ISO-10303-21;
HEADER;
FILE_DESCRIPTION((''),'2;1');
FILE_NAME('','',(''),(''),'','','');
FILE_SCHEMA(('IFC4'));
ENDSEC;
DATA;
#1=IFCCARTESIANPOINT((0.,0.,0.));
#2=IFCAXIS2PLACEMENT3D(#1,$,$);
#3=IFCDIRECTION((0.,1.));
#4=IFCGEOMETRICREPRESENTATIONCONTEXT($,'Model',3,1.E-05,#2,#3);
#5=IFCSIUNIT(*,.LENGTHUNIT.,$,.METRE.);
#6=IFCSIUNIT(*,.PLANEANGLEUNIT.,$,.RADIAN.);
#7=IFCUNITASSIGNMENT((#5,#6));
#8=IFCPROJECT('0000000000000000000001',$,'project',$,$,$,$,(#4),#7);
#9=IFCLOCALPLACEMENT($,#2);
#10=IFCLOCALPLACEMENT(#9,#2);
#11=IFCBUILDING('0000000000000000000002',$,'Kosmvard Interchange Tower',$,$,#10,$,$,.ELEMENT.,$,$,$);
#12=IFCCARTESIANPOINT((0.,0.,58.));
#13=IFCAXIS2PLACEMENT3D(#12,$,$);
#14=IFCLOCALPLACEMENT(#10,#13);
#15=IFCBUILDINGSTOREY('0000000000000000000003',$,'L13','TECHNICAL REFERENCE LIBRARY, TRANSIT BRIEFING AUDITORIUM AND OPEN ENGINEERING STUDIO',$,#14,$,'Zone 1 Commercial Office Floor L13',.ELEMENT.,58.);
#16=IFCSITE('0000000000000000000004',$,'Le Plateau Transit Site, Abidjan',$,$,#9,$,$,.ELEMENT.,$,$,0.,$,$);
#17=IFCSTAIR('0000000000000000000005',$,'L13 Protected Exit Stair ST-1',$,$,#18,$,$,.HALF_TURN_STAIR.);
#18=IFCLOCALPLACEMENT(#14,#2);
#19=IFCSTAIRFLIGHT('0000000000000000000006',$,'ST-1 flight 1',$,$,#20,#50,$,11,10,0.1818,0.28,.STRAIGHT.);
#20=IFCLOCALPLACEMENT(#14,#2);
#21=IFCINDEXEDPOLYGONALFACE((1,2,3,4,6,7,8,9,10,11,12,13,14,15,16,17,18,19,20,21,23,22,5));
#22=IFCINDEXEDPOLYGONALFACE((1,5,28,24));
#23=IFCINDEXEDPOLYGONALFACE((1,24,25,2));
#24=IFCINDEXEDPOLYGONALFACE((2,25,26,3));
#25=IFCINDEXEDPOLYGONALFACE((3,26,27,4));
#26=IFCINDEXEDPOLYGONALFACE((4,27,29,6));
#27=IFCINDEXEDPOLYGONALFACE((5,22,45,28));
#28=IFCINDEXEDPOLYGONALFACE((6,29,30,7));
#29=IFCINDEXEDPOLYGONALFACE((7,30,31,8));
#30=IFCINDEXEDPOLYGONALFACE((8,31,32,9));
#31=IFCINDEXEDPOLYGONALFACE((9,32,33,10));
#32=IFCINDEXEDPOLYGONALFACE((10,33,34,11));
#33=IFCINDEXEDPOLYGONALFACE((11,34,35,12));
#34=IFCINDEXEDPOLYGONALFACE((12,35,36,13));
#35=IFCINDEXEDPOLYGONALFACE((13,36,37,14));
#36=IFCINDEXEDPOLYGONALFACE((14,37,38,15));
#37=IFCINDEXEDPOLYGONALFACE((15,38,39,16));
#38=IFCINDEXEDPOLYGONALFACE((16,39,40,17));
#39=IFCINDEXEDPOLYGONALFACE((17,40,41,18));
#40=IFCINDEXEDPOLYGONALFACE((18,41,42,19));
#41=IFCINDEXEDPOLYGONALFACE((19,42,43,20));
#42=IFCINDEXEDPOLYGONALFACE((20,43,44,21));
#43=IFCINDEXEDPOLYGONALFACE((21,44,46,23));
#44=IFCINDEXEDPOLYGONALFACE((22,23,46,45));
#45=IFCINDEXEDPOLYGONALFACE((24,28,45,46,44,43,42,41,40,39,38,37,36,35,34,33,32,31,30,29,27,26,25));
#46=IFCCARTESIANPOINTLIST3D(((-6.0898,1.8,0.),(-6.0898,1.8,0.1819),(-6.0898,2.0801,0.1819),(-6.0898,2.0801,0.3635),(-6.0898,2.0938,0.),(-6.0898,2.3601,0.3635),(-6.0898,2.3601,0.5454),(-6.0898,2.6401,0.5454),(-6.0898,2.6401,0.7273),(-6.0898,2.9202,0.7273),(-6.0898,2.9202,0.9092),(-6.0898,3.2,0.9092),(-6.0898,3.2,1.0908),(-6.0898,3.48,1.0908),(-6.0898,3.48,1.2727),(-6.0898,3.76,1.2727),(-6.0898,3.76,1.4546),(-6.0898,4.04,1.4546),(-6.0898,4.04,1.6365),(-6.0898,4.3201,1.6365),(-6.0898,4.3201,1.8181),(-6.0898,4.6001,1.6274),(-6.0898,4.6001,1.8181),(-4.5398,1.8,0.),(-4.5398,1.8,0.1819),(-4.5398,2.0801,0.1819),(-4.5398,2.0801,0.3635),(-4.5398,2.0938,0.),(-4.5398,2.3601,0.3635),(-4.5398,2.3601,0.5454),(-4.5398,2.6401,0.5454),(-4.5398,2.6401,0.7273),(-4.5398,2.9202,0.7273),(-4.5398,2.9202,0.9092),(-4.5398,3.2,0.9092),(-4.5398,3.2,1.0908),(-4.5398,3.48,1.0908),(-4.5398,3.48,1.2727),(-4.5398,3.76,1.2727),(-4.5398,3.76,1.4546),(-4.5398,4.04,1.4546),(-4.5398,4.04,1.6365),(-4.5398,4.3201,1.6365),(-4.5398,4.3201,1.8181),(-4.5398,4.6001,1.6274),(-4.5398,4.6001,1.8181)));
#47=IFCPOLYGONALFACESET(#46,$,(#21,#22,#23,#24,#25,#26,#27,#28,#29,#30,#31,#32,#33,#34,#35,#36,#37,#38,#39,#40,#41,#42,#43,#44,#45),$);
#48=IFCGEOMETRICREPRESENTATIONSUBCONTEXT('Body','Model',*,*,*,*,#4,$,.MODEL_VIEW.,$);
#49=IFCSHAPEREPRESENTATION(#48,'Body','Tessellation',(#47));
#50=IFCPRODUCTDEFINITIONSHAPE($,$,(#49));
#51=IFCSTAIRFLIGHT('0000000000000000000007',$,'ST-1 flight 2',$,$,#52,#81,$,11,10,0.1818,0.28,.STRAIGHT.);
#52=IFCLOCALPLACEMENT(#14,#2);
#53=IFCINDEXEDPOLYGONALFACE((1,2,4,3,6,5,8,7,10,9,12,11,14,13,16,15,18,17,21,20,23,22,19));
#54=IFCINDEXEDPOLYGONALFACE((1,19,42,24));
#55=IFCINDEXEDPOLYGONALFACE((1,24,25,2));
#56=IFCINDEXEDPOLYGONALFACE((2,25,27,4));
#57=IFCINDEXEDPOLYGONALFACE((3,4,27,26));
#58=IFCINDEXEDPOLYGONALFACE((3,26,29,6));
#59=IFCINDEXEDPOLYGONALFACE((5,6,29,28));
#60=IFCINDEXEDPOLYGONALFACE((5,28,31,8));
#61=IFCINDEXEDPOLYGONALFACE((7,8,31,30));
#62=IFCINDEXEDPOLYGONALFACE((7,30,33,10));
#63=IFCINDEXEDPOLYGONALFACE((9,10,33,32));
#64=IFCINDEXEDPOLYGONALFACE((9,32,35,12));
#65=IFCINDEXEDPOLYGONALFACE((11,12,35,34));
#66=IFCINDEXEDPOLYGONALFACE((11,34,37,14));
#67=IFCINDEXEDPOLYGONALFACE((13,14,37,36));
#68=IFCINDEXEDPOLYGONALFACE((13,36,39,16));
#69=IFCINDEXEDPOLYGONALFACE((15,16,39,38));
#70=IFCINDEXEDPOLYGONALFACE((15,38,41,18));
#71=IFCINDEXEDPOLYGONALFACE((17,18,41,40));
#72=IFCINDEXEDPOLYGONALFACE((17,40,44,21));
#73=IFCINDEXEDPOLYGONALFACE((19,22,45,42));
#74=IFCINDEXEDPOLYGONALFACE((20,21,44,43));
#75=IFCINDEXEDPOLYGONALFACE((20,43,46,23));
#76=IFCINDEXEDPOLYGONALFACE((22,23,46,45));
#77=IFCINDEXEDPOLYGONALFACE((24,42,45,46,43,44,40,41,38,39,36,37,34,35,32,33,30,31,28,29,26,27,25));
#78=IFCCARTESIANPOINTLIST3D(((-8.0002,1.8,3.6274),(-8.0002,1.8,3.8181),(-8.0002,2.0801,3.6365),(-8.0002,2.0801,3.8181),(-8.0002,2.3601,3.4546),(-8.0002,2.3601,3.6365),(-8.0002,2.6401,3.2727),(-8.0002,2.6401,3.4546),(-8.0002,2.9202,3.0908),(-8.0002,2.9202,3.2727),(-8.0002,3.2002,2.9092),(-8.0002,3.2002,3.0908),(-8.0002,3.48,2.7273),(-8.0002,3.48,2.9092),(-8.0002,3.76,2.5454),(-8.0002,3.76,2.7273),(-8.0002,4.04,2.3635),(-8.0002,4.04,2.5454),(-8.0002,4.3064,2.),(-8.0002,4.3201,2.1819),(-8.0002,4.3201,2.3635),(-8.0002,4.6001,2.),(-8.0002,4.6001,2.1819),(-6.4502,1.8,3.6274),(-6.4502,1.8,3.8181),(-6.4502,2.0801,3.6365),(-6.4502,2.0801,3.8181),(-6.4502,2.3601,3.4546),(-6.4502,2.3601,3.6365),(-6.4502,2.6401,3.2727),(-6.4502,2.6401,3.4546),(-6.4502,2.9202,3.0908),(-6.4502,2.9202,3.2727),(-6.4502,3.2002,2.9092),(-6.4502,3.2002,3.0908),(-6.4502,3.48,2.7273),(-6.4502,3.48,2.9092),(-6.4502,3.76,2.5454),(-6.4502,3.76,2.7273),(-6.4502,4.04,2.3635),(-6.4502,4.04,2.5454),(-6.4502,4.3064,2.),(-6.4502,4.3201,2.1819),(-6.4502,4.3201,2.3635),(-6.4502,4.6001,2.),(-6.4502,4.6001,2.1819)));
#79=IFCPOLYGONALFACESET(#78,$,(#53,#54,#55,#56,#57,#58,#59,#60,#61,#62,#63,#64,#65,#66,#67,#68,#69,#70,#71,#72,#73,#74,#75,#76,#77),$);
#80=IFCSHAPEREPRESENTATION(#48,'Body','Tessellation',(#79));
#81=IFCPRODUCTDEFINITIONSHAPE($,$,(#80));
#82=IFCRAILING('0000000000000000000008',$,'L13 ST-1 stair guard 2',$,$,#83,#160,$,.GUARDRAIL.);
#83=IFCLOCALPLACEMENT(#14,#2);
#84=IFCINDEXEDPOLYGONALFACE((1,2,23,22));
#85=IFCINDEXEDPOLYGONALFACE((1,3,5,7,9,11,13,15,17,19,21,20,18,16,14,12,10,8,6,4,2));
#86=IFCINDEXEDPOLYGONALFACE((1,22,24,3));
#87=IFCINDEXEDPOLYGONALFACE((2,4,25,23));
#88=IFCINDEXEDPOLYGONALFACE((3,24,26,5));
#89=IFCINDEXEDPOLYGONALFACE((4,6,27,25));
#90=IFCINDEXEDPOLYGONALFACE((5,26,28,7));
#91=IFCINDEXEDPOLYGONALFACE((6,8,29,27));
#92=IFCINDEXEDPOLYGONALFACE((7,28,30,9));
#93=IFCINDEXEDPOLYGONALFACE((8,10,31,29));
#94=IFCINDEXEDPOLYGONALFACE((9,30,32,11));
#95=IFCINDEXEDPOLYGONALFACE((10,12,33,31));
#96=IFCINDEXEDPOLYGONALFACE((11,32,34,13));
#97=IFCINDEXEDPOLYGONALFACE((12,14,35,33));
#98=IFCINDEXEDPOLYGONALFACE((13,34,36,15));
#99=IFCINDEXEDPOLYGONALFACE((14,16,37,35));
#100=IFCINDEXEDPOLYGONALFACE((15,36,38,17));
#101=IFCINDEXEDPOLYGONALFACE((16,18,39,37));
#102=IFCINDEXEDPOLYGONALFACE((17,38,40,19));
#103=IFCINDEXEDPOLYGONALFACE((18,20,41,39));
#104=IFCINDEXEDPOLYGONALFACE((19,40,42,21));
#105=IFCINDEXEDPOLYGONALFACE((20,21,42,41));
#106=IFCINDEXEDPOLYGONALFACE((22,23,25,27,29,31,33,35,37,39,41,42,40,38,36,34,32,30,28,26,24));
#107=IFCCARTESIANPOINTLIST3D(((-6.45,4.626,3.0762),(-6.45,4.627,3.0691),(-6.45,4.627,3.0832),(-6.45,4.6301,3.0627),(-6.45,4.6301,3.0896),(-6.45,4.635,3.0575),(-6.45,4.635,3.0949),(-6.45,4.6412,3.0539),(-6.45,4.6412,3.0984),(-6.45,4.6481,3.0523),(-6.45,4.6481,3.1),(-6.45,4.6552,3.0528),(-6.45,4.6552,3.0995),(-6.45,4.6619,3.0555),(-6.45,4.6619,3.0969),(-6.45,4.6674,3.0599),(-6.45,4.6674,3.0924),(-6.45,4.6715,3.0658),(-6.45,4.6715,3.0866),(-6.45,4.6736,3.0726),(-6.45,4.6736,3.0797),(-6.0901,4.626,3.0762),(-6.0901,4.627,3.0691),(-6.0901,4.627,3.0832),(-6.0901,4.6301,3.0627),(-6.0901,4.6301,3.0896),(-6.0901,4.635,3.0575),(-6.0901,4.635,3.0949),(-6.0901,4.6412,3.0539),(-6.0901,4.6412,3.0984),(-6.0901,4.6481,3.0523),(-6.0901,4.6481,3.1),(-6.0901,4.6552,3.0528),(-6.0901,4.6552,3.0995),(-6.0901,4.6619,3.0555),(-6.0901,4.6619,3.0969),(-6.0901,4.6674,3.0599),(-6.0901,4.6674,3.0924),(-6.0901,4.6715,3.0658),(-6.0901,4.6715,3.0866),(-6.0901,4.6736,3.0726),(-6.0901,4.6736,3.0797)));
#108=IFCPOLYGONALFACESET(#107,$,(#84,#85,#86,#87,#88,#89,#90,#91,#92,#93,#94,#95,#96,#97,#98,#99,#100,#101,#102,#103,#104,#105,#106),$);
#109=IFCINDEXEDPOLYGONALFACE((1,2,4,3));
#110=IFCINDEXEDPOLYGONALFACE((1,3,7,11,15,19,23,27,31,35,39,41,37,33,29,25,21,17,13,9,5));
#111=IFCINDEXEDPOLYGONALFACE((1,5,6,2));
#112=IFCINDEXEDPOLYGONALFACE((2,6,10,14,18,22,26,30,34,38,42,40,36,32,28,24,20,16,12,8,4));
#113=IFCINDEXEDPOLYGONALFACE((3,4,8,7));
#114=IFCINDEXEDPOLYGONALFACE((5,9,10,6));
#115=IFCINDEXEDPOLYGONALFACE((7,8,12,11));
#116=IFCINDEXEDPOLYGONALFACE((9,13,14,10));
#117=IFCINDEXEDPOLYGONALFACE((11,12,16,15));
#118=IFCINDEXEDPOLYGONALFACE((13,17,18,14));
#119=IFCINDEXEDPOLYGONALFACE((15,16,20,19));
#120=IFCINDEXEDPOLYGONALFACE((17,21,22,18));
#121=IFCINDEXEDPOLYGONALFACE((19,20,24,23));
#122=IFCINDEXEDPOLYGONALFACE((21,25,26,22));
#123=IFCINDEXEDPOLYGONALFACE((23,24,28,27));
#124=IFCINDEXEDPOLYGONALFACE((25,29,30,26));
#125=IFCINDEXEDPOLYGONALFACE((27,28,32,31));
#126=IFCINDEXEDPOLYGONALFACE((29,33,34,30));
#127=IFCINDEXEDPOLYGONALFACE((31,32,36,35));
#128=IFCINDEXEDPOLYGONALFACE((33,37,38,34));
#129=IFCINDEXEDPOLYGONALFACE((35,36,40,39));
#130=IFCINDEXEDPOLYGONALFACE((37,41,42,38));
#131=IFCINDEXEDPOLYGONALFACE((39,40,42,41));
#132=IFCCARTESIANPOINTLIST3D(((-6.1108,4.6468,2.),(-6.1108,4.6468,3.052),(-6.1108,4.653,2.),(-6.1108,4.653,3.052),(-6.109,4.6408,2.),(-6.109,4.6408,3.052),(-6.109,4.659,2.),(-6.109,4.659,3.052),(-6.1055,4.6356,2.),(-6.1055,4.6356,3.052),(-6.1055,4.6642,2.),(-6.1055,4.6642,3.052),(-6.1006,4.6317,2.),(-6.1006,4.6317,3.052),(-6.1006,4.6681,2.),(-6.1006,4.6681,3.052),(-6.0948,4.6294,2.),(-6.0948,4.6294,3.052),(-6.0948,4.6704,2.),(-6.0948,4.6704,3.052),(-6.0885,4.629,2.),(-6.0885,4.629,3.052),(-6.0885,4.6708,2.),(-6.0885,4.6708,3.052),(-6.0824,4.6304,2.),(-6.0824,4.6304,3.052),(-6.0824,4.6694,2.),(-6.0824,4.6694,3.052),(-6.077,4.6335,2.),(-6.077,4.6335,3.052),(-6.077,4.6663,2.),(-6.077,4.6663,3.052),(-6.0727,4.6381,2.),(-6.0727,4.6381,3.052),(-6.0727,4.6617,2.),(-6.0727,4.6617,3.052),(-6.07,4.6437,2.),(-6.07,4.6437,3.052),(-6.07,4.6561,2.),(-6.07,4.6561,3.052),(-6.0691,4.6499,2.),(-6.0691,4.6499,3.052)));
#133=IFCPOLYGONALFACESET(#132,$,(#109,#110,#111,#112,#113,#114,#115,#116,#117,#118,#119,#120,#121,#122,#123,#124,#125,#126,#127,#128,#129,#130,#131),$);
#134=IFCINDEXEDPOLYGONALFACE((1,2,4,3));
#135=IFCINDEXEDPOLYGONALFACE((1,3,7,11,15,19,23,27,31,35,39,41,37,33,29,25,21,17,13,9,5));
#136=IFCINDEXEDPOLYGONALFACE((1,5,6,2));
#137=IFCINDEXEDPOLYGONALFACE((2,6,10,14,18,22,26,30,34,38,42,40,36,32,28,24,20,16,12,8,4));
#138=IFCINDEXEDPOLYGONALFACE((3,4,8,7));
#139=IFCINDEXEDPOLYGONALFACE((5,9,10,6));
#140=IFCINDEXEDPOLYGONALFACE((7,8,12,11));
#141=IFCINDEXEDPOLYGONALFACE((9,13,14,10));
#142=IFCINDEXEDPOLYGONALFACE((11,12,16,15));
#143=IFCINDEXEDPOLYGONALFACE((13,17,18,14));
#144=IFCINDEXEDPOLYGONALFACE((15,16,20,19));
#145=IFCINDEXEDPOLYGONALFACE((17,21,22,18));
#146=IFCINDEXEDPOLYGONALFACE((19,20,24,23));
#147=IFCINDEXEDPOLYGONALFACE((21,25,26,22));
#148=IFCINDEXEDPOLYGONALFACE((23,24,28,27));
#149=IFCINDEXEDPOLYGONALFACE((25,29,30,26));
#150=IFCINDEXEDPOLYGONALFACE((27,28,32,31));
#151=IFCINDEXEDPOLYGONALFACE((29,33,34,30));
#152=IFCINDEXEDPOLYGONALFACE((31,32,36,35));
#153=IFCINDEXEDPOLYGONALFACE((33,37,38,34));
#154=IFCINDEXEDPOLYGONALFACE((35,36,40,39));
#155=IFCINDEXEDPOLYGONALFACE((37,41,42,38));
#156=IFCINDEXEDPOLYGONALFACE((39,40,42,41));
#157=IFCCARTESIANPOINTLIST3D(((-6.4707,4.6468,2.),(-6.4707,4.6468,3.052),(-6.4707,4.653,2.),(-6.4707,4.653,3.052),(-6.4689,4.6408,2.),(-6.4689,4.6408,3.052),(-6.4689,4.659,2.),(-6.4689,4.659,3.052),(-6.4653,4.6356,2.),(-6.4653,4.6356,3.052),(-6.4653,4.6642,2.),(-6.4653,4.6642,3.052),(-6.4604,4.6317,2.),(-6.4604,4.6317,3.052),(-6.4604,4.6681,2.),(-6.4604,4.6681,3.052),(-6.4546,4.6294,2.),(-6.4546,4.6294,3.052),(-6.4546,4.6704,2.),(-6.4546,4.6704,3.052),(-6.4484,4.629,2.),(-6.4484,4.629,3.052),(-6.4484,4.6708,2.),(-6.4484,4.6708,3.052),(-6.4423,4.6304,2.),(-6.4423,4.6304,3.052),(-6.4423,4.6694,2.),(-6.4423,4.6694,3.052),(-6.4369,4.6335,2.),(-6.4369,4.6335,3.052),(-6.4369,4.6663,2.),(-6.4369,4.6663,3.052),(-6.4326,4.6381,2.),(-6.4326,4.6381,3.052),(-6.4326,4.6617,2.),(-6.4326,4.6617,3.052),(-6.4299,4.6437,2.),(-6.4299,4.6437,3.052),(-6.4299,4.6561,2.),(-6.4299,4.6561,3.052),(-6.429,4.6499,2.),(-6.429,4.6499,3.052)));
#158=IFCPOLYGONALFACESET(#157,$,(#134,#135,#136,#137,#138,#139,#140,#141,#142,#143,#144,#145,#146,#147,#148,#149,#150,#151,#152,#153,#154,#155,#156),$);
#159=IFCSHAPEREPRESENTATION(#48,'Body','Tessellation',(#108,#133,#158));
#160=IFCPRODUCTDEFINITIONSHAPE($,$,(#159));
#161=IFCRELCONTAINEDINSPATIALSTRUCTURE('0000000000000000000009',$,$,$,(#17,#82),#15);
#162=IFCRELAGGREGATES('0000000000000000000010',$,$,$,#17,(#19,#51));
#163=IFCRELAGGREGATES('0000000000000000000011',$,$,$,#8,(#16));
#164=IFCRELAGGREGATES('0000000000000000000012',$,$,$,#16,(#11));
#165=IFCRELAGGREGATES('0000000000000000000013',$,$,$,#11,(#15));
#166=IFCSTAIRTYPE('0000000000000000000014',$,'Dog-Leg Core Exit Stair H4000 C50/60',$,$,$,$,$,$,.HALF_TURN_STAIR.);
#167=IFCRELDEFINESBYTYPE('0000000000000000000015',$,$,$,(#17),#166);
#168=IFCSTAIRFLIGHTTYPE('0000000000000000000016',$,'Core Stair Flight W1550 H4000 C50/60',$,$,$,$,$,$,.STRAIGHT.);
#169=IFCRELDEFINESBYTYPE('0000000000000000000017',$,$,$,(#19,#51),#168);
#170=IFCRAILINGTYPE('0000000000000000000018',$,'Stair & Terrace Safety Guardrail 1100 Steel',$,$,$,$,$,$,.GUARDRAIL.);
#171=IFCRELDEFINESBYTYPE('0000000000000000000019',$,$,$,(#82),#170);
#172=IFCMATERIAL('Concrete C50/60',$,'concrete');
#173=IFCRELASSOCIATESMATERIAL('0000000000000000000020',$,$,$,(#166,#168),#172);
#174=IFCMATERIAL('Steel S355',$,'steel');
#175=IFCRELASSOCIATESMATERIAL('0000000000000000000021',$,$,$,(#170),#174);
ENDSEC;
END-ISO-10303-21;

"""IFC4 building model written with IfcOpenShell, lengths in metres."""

from ifc_helpers import new_model, si_unit, direction, frame, origin, origin_2d, place, context, subcontext, project, spatial, polyline, circle, outline, extrude, source, transform, mapped, material, type_object, element, aggregate, save


model = new_model("IFC4")

# Units and contexts
model_context = context("Model", 3, precision=1e-05, world=origin(), true_north=direction((0.0, 1.0)))
body_context = subcontext(model_context, "Body", "Model", "MODEL_VIEW")
ifc_project = project(units=[si_unit("LENGTHUNIT", "METRE"), si_unit("PLANEANGLEUNIT", "RADIAN")], contexts=[model_context])

# Site, building, storey
site_placement = place(None, origin())
site = spatial("IfcSite", under=ifc_project, at=site_placement, Name="Le Plateau Transit Site, Abidjan", CompositionType="ELEMENT", RefElevation=0.0)
building_placement = place(site_placement, origin())
building = spatial("IfcBuilding", under=site, at=building_placement, Name="Kosmvard Interchange Tower", CompositionType="ELEMENT")
storey_placement = place(building_placement, frame((0.0, 0.0, 58.0)))
storey = spatial("IfcBuildingStorey", under=building, at=storey_placement, Name="L13", Description="TECHNICAL REFERENCE LIBRARY, TRANSIT BRIEFING AUDITORIUM AND OPEN ENGINEERING STUDIO", LongName="Zone 1 Commercial Office Floor L13", CompositionType="ELEMENT", Elevation=58.0)

# Shared definitions
ifc_material_1 = material(Name="Steel S355", Category="steel")

# Shared definitions
ifc_material_2 = material(Name="Concrete C50/60", Category="concrete")

# Stair, stair flights
stair_type = type_object("IfcStairType", Name="Dog-Leg Core Exit Stair H4000 C50/60", PredefinedType="HALF_TURN_STAIR", material=ifc_material_2)
stair_placement = place(storey_placement, origin())
stair = element("IfcStair", 1, at=stair_placement, inside=storey, type_object=stair_type, Name="L13 Protected Exit Stair ST-1", PredefinedType="HALF_TURN_STAIR")
stair_flight_type = type_object("IfcStairFlightType", Name="Core Stair Flight W1550 H4000 C50/60", PredefinedType="STRAIGHT", material=ifc_material_2)
shared_shape_1 = source(origin(), body_context, "Body", "SweptSolid", [
    extrude(outline(polyline([(0.0, 0.0), (0.0, 0.1819), (0.28, 0.1819), (0.28, 0.3635), (0.5601, 0.3635), (0.5601, 0.5454), (0.8401, 0.5454), (0.8401, 0.7273), (1.1201, 0.7273), (1.1201, 0.9092), (1.3999, 0.9092), (1.3999, 1.0908), (1.6799, 1.0908), (1.6799, 1.2727), (1.96, 1.2727), (1.96, 1.4546), (2.24, 1.4546), (2.24, 1.6365), (2.52, 1.6365), (2.52, 1.8181), (2.8, 1.8181), (2.8, 2.0), (2.8, 1.6274), (0.2937, 0.0), (0.0, 0.0)])), frame((0.0, 0.7749, 0.0), z_axis=(0.0, -1.0, 0.0), x_axis=(1.0, 0.0, 0.0)), (0.0, 0.0, 1.0), 1.55),
])
stair_flight_1_placement = place(storey_placement, frame((-5.3149, 1.8, 0.0), z_axis=(0.0, 0.0, 1.0), x_axis=(0.0, 1.0, 0.0)))
stair_flight_1 = element("IfcStairFlight", 2, at=stair_flight_1_placement, type_object=stair_flight_type, Name="ST-1 flight 1", NumberOfRisers=11, NumberOfTreads=10, PredefinedType="STRAIGHT", RiserHeight=0.1818, TreadLength=0.28, context=body_context, shape_type="MappedRepresentation", body=[
    mapped(shared_shape_1, transform((0.0, 0.0, 0.0), scale=1.0)),
])
stair_flight_2_placement = place(storey_placement, frame((-7.2251, 4.6001, 2.0), z_axis=(0.0, 0.0, 1.0), x_axis=(0.0, -1.0, 0.0)))
stair_flight_2 = element("IfcStairFlight", 3, at=stair_flight_2_placement, type_object=stair_flight_type, Name="ST-1 flight 2", NumberOfRisers=11, NumberOfTreads=10, PredefinedType="STRAIGHT", RiserHeight=0.1818, TreadLength=0.28, context=body_context, shape_type="MappedRepresentation", body=[
    mapped(shared_shape_1, transform((0.0, 0.0, 0.0), scale=1.0)),
])
aggregate(stair, [stair_flight_1, stair_flight_2])

# Railing
railing_type_1 = type_object("IfcRailingType", Name="Stair & Terrace Safety Guardrail 1100 Steel", PredefinedType="GUARDRAIL", material=ifc_material_1)
shared_shape_2 = source(origin(), body_context, "Body", "SweptSolid", [
    extrude(circle(Radius=0.0239, at=origin_2d()), frame((0.0, 0.0, 1.0762), z_axis=(-1.0, 0.0, 0.0), x_axis=(0.0, -1.0, 0.0)), (0.0, 0.0, 1.0), 0.3599),
    extrude(circle(Radius=0.021, at=origin_2d()), origin(), (0.0, 0.0, 1.0), 1.052),
    extrude(circle(Radius=0.021, at=origin_2d()), frame((-0.3599, 0.0, 0.0)), (0.0, 0.0, 1.0), 1.052),
])
for number, where, name in (
    (4, (-6.0901, 4.6499, 2.0), "L13 ST-1 stair guard 2"),
):
    element("IfcRailing", number, at=place(storey_placement, frame(where)), inside=storey, type_object=railing_type_1, Name=name, PredefinedType="GUARDRAIL", context=body_context, shape_type="MappedRepresentation", body=[
        mapped(shared_shape_2, transform((0.0, 0.0, 0.0), scale=1.0)),
    ])

save(model, "model.ifc")
